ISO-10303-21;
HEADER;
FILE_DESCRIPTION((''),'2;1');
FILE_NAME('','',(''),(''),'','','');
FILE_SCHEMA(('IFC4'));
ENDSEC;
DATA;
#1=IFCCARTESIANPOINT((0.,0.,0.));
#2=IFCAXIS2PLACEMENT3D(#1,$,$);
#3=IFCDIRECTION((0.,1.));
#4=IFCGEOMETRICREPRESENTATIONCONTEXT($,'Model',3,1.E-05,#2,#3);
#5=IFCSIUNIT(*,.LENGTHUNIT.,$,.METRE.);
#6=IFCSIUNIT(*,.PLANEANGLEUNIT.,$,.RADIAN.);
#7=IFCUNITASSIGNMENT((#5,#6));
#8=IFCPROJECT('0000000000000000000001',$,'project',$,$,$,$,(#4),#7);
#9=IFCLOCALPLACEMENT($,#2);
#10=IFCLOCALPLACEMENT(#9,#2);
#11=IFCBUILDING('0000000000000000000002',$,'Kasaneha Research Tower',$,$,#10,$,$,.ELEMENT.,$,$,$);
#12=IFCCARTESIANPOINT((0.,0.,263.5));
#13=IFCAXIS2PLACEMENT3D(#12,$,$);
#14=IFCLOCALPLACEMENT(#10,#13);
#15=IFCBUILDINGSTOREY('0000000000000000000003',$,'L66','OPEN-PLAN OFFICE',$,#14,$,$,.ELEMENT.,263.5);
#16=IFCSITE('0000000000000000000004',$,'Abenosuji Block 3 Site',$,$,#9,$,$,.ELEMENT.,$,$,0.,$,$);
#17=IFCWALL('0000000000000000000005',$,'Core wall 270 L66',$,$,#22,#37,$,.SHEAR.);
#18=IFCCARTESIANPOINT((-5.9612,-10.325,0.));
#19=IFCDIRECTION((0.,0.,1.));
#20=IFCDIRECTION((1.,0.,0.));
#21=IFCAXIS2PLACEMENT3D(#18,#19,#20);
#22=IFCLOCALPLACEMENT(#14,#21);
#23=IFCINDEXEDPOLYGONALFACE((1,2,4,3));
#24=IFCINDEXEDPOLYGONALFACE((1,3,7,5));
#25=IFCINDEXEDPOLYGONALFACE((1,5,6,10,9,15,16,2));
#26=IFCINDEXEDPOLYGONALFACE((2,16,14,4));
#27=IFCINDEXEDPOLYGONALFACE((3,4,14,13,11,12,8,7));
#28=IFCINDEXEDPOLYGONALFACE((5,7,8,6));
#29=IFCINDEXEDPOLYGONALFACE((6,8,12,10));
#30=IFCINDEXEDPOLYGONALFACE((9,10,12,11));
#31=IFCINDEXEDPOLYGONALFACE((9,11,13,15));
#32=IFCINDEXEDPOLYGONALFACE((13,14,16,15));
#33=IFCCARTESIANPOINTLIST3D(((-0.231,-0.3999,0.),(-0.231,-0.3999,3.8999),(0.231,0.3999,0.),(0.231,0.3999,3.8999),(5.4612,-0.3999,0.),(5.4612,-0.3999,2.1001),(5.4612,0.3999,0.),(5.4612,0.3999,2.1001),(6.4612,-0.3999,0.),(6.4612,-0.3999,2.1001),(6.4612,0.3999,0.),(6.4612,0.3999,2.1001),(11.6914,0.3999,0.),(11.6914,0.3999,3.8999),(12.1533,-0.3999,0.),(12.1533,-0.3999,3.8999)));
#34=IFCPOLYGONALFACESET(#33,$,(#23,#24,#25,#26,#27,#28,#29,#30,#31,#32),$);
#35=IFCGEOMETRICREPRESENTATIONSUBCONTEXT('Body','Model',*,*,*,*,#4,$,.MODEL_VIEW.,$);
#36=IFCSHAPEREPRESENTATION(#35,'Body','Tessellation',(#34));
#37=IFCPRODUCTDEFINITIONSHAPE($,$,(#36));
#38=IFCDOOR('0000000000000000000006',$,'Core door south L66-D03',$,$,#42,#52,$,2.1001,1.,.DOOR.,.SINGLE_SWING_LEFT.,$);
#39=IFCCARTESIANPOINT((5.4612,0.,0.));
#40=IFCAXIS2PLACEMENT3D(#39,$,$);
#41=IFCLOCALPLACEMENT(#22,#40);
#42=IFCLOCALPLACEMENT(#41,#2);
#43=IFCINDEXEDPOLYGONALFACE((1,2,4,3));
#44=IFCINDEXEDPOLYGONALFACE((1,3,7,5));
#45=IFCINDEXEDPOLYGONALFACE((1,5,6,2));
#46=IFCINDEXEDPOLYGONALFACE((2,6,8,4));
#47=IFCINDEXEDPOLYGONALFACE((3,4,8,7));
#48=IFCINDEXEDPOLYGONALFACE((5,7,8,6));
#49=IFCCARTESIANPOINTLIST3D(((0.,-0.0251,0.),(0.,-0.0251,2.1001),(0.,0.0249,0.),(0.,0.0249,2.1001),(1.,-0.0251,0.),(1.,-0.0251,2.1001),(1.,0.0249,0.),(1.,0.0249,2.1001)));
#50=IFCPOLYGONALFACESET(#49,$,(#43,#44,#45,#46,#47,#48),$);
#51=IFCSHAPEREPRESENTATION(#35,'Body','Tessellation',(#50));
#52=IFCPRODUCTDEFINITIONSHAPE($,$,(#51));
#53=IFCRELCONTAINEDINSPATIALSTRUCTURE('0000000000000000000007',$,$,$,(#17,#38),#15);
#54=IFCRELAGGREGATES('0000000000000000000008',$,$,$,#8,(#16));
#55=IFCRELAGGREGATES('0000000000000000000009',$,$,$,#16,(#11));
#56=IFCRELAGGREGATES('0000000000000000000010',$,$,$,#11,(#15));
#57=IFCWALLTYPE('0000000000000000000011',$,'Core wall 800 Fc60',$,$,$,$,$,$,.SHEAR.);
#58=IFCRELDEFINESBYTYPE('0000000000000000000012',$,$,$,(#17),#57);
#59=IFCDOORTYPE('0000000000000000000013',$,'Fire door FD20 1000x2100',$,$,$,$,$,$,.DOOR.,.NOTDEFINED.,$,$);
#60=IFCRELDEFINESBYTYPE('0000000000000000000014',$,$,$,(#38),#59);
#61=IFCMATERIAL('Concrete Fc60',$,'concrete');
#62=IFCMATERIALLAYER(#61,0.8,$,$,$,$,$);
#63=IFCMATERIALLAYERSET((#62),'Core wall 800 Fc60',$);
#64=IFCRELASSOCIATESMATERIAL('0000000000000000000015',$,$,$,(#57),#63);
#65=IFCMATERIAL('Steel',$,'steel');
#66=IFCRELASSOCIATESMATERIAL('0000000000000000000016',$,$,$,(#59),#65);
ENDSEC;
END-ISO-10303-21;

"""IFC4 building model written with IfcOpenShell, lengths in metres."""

from ifc_helpers import new_model, si_unit, direction, frame, frame_2d, origin, place, context, subcontext, project, spatial, polyline, rectangle, outline, extrude, material, layer, layer_set, type_object, element, fill, save


model = new_model("IFC4")

# Units and contexts
model_context = context("Model", 3, precision=1e-05, world=origin(), true_north=direction((0.0, 1.0)))
body_context = subcontext(model_context, "Body", "Model", "MODEL_VIEW")
ifc_project = project(units=[si_unit("LENGTHUNIT", "METRE"), si_unit("PLANEANGLEUNIT", "RADIAN")], contexts=[model_context])

# Site, building, storey
site_placement = place(None, origin())
site = spatial("IfcSite", under=ifc_project, at=site_placement, Name="Abenosuji Block 3 Site", CompositionType="ELEMENT", RefElevation=0.0)
building_placement = place(site_placement, origin())
building = spatial("IfcBuilding", under=site, at=building_placement, Name="Kasaneha Research Tower", CompositionType="ELEMENT")
storey_placement = place(building_placement, frame((0.0, 0.0, 263.5)))
storey = spatial("IfcBuildingStorey", under=building, at=storey_placement, Name="L66", Description="OPEN-PLAN OFFICE", CompositionType="ELEMENT", Elevation=263.5)

# Wall, opening, door
ifc_material_1 = material(Name="Concrete Fc60", Category="concrete")
ifc_layer_1 = layer(ifc_material_1, 0.8)
ifc_layer_set_1 = layer_set([ifc_layer_1], Name="Core wall 800 Fc60")
wall_type_1 = type_object("IfcWallType", Name="Core wall 800 Fc60", PredefinedType="SHEAR", material=ifc_layer_set_1)
wall_1_placement = place(storey_placement, frame((-5.9612, -10.325, 0.0), z_axis=(0.0, 0.0, 1.0), x_axis=(1.0, 0.0, 0.0)))
wall_1 = element("IfcWall", 1, at=wall_1_placement, inside=storey, type_object=wall_type_1, Name="Core wall 270 L66", PredefinedType="SHEAR", context=body_context, shape_type="SweptSolid", body=[
    extrude(outline(polyline([(-0.231, -0.3999), (5.4612, -0.3999), (6.4612, -0.3999), (12.1533, -0.3999), (11.6914, 0.3999), (6.4612, 0.3999), (5.4612, 0.3999), (0.231, 0.3999), (-0.231, -0.3999)])), origin(), (0.0, 0.0, 1.0), 3.8999),
])
opening_1_placement = place(wall_1_placement, frame((5.4612, 0.0, 0.0)))
opening_1 = element("IfcOpeningElement", 2, at=opening_1_placement, cuts=wall_1, PredefinedType="OPENING", context=body_context, shape_type="SweptSolid", body=[
    extrude(rectangle(XDim=1.0, YDim=2.1001, at=frame_2d((0.5, 1.05))), frame((0.0, 0.4102, 0.0), z_axis=(0.0, -1.0, 0.0), x_axis=(1.0, 0.0, 0.0)), (0.0, 0.0, 1.0), 0.8201),
])
ifc_material_2 = material(Name="Steel", Category="steel")
door_type_1 = type_object("IfcDoorType", Name="Fire door FD20 1000x2100", OperationType="NOTDEFINED", PredefinedType="DOOR", material=ifc_material_2)
door_1_placement = place(opening_1_placement, origin())
door_1 = element("IfcDoor", 3, at=door_1_placement, inside=storey, type_object=door_type_1, Name="Core door south L66-D03", OperationType="SINGLE_SWING_LEFT", OverallHeight=2.1001, OverallWidth=1.0, PredefinedType="DOOR", context=body_context, shape_type="SweptSolid", body=[
    extrude(rectangle(XDim=1.0, YDim=2.1001, at=frame_2d((0.5, 1.05))), frame((0.0, 0.0249, 0.0), z_axis=(0.0, -1.0, 0.0), x_axis=(1.0, 0.0, 0.0)), (0.0, 0.0, 1.0), 0.05),
])
fill(opening_1, door_1)

save(model, "model.ifc")
